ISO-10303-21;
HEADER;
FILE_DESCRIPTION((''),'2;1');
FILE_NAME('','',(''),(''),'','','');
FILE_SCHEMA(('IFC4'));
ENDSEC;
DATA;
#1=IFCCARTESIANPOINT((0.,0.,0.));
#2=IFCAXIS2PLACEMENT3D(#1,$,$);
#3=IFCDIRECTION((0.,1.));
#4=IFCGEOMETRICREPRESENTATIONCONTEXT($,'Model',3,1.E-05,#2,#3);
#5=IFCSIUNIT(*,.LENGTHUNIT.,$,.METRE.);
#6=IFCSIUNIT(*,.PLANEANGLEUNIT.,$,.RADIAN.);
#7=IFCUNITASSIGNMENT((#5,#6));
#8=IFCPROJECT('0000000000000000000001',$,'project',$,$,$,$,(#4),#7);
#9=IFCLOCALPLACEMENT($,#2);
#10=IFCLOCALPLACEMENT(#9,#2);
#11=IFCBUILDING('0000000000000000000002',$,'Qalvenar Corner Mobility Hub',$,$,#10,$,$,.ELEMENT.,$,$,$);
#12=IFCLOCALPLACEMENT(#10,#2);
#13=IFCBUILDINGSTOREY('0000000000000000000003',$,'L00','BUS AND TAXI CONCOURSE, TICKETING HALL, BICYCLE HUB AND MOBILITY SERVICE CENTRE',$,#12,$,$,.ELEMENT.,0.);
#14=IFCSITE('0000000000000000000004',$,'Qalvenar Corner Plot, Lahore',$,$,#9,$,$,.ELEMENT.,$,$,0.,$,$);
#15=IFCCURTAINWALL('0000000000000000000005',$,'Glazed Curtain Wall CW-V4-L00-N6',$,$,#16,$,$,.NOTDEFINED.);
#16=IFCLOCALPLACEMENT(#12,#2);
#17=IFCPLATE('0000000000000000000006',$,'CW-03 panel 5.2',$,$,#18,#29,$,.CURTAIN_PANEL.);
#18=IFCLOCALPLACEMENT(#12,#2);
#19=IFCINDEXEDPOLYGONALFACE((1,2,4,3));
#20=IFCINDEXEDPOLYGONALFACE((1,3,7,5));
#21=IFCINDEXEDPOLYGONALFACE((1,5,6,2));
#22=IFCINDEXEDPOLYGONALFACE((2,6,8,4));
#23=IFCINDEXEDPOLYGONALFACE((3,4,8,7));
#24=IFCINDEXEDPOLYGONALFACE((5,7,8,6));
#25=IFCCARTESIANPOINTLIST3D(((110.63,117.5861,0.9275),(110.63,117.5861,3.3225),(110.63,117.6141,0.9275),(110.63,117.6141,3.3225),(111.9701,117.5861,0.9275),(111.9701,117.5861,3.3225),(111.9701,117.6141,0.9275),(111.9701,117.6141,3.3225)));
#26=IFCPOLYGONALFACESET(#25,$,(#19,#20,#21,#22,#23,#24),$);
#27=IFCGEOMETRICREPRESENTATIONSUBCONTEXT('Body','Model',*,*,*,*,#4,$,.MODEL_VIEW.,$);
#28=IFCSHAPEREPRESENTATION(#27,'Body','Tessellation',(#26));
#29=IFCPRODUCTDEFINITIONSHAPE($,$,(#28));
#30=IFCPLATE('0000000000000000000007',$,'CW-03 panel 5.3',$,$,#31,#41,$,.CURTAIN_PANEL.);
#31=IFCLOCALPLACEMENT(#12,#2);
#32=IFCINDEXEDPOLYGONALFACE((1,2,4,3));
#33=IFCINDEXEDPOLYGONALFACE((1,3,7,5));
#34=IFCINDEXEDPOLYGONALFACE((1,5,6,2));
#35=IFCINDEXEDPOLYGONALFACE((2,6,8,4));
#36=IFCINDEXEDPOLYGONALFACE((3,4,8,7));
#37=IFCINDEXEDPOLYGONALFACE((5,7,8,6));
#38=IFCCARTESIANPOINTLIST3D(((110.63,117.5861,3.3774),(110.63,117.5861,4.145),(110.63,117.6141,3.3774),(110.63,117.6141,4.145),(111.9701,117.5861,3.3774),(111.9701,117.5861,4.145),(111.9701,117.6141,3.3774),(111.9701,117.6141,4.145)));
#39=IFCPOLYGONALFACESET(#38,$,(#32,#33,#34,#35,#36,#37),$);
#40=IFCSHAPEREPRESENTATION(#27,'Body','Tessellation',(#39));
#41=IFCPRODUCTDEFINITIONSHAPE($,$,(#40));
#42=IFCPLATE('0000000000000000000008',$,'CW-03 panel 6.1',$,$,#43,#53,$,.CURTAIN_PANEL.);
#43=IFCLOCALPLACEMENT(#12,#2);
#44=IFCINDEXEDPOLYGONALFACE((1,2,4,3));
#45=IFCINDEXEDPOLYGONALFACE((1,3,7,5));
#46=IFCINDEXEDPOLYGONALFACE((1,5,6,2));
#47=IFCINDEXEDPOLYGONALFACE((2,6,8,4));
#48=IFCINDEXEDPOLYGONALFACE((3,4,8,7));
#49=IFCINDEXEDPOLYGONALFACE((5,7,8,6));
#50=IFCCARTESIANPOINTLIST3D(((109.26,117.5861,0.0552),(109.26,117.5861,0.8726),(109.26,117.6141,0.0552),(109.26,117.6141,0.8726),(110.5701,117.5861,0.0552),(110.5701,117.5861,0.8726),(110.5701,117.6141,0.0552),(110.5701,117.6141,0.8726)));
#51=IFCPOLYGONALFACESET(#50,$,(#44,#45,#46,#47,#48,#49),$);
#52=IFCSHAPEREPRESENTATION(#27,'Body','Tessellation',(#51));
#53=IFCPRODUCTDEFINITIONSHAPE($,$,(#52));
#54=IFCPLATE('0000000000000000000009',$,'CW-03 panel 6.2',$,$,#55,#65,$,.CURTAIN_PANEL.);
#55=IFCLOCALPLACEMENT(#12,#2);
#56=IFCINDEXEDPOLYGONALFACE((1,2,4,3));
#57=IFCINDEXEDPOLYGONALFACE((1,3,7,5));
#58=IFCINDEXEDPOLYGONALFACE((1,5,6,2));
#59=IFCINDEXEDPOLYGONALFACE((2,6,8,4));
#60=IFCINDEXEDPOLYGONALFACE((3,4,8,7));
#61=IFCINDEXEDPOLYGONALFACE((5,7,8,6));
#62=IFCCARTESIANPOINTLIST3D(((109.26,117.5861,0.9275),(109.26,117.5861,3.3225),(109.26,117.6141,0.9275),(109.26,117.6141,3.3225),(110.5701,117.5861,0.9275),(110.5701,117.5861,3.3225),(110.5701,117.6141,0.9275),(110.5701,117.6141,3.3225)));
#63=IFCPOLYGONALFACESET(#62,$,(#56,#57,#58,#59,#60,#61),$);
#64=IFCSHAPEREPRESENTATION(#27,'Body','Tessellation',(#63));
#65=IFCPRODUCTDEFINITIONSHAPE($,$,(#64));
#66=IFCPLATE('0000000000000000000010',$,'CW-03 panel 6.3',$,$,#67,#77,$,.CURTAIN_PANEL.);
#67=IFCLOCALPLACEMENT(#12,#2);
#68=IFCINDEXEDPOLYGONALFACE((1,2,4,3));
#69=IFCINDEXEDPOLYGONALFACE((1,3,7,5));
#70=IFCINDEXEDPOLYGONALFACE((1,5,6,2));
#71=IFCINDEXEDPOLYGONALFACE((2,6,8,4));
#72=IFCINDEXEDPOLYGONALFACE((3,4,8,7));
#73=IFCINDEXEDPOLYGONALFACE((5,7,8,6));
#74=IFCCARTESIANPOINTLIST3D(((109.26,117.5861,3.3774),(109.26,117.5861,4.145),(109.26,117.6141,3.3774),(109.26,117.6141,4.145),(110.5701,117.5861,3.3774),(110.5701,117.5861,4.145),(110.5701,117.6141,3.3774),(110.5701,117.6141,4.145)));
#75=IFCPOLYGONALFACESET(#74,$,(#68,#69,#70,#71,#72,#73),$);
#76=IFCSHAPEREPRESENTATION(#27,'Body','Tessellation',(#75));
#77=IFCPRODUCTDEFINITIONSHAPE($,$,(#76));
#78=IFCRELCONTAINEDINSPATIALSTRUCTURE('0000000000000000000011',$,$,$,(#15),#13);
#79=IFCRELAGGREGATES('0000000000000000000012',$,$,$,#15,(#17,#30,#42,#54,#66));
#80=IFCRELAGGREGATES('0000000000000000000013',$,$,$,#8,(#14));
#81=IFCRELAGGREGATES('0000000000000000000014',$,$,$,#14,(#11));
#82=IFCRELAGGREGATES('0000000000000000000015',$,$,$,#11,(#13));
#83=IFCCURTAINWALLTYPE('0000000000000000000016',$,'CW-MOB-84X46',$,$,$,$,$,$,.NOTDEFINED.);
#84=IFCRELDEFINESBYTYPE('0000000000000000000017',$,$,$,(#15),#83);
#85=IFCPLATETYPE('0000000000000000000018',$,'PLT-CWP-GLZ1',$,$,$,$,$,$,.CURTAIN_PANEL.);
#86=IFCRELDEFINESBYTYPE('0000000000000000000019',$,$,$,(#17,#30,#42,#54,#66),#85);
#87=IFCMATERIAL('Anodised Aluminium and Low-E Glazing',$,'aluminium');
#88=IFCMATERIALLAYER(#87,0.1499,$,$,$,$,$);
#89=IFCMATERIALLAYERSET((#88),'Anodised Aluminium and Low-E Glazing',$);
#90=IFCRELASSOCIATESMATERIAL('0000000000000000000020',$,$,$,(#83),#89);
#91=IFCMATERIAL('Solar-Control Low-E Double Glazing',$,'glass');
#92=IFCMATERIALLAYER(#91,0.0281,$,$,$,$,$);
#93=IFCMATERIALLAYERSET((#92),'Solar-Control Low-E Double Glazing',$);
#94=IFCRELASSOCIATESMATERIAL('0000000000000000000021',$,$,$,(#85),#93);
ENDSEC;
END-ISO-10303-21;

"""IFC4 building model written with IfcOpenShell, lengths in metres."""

from ifc_helpers import new_model, si_unit, direction, frame, origin, origin_2d, place, context, subcontext, project, spatial, rectangle, extrude, material, layer, layer_set, type_object, element, aggregate, save


model = new_model("IFC4")

# Units and contexts
model_context = context("Model", 3, precision=1e-05, world=origin(), true_north=direction((0.0, 1.0)))
body_context = subcontext(model_context, "Body", "Model", "MODEL_VIEW")
ifc_project = project(units=[si_unit("LENGTHUNIT", "METRE"), si_unit("PLANEANGLEUNIT", "RADIAN")], contexts=[model_context])

# Site, building, storey
site_placement = place(None, origin())
site = spatial("IfcSite", under=ifc_project, at=site_placement, Name="Qalvenar Corner Plot, Lahore", CompositionType="ELEMENT", RefElevation=0.0)
building_placement = place(site_placement, origin())
building = spatial("IfcBuilding", under=site, at=building_placement, Name="Qalvenar Corner Mobility Hub", CompositionType="ELEMENT")
storey_placement = place(building_placement, origin())
storey = spatial("IfcBuildingStorey", under=building, at=storey_placement, Name="L00", Description="BUS AND TAXI CONCOURSE, TICKETING HALL, BICYCLE HUB AND MOBILITY SERVICE CENTRE", CompositionType="ELEMENT", Elevation=0.0)

# Curtain wall, plates
ifc_material_1 = material(Name="Anodised Aluminium and Low-E Glazing", Category="aluminium")
ifc_layer_1 = layer(ifc_material_1, 0.1499)
ifc_layer_set_1 = layer_set([ifc_layer_1], Name="Anodised Aluminium and Low-E Glazing")
curtain_wall_type = type_object("IfcCurtainWallType", Name="CW-MOB-84X46", PredefinedType="NOTDEFINED", material=ifc_layer_set_1)
curtain_wall_placement = place(storey_placement, origin())
curtain_wall = element("IfcCurtainWall", 1, at=curtain_wall_placement, inside=storey, type_object=curtain_wall_type, Name="Glazed Curtain Wall CW-V4-L00-N6", PredefinedType="NOTDEFINED")
ifc_material_2 = material(Name="Solar-Control Low-E Double Glazing", Category="glass")
ifc_layer_2 = layer(ifc_material_2, 0.0281)
ifc_layer_set_2 = layer_set([ifc_layer_2], Name="Solar-Control Low-E Double Glazing")
plate_type = type_object("IfcPlateType", Name="PLT-CWP-GLZ1", PredefinedType="CURTAIN_PANEL", material=ifc_layer_set_2)
plate_1_placement = place(storey_placement, frame((111.3, 117.6001, 0.9275), z_axis=(0.0, 0.0, 1.0), x_axis=(-1.0, 0.0, 0.0)))
plate_1 = element("IfcPlate", 2, at=plate_1_placement, type_object=plate_type, Name="CW-03 panel 5.2", PredefinedType="CURTAIN_PANEL", context=body_context, shape_type="SweptSolid", body=[
    extrude(rectangle(XDim=1.3401, YDim=0.0281, at=origin_2d()), origin(), (0.0, 0.0, 1.0), 2.395),
])
plate_2_placement = place(storey_placement, frame((111.3, 117.6001, 3.3774), z_axis=(0.0, 0.0, 1.0), x_axis=(-1.0, 0.0, 0.0)))
plate_2 = element("IfcPlate", 3, at=plate_2_placement, type_object=plate_type, Name="CW-03 panel 5.3", PredefinedType="CURTAIN_PANEL", context=body_context, shape_type="SweptSolid", body=[
    extrude(rectangle(XDim=1.3401, YDim=0.0281, at=origin_2d()), origin(), (0.0, 0.0, 1.0), 0.7676),
])
plate_3_placement = place(storey_placement, frame((109.915, 117.6001, 0.0552), z_axis=(0.0, 0.0, 1.0), x_axis=(-1.0, 0.0, 0.0)))
plate_3 = element("IfcPlate", 4, at=plate_3_placement, type_object=plate_type, Name="CW-03 panel 6.1", PredefinedType="CURTAIN_PANEL", context=body_context, shape_type="SweptSolid", body=[
    extrude(rectangle(XDim=1.3101, YDim=0.0281, at=origin_2d()), origin(), (0.0, 0.0, 1.0), 0.8174),
])
plate_4_placement = place(storey_placement, frame((109.915, 117.6001, 0.9275), z_axis=(0.0, 0.0, 1.0), x_axis=(-1.0, 0.0, 0.0)))
plate_4 = element("IfcPlate", 5, at=plate_4_placement, type_object=plate_type, Name="CW-03 panel 6.2", PredefinedType="CURTAIN_PANEL", context=body_context, shape_type="SweptSolid", body=[
    extrude(rectangle(XDim=1.3101, YDim=0.0281, at=origin_2d()), origin(), (0.0, 0.0, 1.0), 2.395),
])
plate_5_placement = place(storey_placement, frame((109.915, 117.6001, 3.3774), z_axis=(0.0, 0.0, 1.0), x_axis=(-1.0, 0.0, 0.0)))
plate_5 = element("IfcPlate", 6, at=plate_5_placement, type_object=plate_type, Name="CW-03 panel 6.3", PredefinedType="CURTAIN_PANEL", context=body_context, shape_type="SweptSolid", body=[
    extrude(rectangle(XDim=1.3101, YDim=0.0281, at=origin_2d()), origin(), (0.0, 0.0, 1.0), 0.7676),
])
aggregate(curtain_wall, [plate_1, plate_2, plate_3, plate_4, plate_5])

save(model, "model.ifc")
